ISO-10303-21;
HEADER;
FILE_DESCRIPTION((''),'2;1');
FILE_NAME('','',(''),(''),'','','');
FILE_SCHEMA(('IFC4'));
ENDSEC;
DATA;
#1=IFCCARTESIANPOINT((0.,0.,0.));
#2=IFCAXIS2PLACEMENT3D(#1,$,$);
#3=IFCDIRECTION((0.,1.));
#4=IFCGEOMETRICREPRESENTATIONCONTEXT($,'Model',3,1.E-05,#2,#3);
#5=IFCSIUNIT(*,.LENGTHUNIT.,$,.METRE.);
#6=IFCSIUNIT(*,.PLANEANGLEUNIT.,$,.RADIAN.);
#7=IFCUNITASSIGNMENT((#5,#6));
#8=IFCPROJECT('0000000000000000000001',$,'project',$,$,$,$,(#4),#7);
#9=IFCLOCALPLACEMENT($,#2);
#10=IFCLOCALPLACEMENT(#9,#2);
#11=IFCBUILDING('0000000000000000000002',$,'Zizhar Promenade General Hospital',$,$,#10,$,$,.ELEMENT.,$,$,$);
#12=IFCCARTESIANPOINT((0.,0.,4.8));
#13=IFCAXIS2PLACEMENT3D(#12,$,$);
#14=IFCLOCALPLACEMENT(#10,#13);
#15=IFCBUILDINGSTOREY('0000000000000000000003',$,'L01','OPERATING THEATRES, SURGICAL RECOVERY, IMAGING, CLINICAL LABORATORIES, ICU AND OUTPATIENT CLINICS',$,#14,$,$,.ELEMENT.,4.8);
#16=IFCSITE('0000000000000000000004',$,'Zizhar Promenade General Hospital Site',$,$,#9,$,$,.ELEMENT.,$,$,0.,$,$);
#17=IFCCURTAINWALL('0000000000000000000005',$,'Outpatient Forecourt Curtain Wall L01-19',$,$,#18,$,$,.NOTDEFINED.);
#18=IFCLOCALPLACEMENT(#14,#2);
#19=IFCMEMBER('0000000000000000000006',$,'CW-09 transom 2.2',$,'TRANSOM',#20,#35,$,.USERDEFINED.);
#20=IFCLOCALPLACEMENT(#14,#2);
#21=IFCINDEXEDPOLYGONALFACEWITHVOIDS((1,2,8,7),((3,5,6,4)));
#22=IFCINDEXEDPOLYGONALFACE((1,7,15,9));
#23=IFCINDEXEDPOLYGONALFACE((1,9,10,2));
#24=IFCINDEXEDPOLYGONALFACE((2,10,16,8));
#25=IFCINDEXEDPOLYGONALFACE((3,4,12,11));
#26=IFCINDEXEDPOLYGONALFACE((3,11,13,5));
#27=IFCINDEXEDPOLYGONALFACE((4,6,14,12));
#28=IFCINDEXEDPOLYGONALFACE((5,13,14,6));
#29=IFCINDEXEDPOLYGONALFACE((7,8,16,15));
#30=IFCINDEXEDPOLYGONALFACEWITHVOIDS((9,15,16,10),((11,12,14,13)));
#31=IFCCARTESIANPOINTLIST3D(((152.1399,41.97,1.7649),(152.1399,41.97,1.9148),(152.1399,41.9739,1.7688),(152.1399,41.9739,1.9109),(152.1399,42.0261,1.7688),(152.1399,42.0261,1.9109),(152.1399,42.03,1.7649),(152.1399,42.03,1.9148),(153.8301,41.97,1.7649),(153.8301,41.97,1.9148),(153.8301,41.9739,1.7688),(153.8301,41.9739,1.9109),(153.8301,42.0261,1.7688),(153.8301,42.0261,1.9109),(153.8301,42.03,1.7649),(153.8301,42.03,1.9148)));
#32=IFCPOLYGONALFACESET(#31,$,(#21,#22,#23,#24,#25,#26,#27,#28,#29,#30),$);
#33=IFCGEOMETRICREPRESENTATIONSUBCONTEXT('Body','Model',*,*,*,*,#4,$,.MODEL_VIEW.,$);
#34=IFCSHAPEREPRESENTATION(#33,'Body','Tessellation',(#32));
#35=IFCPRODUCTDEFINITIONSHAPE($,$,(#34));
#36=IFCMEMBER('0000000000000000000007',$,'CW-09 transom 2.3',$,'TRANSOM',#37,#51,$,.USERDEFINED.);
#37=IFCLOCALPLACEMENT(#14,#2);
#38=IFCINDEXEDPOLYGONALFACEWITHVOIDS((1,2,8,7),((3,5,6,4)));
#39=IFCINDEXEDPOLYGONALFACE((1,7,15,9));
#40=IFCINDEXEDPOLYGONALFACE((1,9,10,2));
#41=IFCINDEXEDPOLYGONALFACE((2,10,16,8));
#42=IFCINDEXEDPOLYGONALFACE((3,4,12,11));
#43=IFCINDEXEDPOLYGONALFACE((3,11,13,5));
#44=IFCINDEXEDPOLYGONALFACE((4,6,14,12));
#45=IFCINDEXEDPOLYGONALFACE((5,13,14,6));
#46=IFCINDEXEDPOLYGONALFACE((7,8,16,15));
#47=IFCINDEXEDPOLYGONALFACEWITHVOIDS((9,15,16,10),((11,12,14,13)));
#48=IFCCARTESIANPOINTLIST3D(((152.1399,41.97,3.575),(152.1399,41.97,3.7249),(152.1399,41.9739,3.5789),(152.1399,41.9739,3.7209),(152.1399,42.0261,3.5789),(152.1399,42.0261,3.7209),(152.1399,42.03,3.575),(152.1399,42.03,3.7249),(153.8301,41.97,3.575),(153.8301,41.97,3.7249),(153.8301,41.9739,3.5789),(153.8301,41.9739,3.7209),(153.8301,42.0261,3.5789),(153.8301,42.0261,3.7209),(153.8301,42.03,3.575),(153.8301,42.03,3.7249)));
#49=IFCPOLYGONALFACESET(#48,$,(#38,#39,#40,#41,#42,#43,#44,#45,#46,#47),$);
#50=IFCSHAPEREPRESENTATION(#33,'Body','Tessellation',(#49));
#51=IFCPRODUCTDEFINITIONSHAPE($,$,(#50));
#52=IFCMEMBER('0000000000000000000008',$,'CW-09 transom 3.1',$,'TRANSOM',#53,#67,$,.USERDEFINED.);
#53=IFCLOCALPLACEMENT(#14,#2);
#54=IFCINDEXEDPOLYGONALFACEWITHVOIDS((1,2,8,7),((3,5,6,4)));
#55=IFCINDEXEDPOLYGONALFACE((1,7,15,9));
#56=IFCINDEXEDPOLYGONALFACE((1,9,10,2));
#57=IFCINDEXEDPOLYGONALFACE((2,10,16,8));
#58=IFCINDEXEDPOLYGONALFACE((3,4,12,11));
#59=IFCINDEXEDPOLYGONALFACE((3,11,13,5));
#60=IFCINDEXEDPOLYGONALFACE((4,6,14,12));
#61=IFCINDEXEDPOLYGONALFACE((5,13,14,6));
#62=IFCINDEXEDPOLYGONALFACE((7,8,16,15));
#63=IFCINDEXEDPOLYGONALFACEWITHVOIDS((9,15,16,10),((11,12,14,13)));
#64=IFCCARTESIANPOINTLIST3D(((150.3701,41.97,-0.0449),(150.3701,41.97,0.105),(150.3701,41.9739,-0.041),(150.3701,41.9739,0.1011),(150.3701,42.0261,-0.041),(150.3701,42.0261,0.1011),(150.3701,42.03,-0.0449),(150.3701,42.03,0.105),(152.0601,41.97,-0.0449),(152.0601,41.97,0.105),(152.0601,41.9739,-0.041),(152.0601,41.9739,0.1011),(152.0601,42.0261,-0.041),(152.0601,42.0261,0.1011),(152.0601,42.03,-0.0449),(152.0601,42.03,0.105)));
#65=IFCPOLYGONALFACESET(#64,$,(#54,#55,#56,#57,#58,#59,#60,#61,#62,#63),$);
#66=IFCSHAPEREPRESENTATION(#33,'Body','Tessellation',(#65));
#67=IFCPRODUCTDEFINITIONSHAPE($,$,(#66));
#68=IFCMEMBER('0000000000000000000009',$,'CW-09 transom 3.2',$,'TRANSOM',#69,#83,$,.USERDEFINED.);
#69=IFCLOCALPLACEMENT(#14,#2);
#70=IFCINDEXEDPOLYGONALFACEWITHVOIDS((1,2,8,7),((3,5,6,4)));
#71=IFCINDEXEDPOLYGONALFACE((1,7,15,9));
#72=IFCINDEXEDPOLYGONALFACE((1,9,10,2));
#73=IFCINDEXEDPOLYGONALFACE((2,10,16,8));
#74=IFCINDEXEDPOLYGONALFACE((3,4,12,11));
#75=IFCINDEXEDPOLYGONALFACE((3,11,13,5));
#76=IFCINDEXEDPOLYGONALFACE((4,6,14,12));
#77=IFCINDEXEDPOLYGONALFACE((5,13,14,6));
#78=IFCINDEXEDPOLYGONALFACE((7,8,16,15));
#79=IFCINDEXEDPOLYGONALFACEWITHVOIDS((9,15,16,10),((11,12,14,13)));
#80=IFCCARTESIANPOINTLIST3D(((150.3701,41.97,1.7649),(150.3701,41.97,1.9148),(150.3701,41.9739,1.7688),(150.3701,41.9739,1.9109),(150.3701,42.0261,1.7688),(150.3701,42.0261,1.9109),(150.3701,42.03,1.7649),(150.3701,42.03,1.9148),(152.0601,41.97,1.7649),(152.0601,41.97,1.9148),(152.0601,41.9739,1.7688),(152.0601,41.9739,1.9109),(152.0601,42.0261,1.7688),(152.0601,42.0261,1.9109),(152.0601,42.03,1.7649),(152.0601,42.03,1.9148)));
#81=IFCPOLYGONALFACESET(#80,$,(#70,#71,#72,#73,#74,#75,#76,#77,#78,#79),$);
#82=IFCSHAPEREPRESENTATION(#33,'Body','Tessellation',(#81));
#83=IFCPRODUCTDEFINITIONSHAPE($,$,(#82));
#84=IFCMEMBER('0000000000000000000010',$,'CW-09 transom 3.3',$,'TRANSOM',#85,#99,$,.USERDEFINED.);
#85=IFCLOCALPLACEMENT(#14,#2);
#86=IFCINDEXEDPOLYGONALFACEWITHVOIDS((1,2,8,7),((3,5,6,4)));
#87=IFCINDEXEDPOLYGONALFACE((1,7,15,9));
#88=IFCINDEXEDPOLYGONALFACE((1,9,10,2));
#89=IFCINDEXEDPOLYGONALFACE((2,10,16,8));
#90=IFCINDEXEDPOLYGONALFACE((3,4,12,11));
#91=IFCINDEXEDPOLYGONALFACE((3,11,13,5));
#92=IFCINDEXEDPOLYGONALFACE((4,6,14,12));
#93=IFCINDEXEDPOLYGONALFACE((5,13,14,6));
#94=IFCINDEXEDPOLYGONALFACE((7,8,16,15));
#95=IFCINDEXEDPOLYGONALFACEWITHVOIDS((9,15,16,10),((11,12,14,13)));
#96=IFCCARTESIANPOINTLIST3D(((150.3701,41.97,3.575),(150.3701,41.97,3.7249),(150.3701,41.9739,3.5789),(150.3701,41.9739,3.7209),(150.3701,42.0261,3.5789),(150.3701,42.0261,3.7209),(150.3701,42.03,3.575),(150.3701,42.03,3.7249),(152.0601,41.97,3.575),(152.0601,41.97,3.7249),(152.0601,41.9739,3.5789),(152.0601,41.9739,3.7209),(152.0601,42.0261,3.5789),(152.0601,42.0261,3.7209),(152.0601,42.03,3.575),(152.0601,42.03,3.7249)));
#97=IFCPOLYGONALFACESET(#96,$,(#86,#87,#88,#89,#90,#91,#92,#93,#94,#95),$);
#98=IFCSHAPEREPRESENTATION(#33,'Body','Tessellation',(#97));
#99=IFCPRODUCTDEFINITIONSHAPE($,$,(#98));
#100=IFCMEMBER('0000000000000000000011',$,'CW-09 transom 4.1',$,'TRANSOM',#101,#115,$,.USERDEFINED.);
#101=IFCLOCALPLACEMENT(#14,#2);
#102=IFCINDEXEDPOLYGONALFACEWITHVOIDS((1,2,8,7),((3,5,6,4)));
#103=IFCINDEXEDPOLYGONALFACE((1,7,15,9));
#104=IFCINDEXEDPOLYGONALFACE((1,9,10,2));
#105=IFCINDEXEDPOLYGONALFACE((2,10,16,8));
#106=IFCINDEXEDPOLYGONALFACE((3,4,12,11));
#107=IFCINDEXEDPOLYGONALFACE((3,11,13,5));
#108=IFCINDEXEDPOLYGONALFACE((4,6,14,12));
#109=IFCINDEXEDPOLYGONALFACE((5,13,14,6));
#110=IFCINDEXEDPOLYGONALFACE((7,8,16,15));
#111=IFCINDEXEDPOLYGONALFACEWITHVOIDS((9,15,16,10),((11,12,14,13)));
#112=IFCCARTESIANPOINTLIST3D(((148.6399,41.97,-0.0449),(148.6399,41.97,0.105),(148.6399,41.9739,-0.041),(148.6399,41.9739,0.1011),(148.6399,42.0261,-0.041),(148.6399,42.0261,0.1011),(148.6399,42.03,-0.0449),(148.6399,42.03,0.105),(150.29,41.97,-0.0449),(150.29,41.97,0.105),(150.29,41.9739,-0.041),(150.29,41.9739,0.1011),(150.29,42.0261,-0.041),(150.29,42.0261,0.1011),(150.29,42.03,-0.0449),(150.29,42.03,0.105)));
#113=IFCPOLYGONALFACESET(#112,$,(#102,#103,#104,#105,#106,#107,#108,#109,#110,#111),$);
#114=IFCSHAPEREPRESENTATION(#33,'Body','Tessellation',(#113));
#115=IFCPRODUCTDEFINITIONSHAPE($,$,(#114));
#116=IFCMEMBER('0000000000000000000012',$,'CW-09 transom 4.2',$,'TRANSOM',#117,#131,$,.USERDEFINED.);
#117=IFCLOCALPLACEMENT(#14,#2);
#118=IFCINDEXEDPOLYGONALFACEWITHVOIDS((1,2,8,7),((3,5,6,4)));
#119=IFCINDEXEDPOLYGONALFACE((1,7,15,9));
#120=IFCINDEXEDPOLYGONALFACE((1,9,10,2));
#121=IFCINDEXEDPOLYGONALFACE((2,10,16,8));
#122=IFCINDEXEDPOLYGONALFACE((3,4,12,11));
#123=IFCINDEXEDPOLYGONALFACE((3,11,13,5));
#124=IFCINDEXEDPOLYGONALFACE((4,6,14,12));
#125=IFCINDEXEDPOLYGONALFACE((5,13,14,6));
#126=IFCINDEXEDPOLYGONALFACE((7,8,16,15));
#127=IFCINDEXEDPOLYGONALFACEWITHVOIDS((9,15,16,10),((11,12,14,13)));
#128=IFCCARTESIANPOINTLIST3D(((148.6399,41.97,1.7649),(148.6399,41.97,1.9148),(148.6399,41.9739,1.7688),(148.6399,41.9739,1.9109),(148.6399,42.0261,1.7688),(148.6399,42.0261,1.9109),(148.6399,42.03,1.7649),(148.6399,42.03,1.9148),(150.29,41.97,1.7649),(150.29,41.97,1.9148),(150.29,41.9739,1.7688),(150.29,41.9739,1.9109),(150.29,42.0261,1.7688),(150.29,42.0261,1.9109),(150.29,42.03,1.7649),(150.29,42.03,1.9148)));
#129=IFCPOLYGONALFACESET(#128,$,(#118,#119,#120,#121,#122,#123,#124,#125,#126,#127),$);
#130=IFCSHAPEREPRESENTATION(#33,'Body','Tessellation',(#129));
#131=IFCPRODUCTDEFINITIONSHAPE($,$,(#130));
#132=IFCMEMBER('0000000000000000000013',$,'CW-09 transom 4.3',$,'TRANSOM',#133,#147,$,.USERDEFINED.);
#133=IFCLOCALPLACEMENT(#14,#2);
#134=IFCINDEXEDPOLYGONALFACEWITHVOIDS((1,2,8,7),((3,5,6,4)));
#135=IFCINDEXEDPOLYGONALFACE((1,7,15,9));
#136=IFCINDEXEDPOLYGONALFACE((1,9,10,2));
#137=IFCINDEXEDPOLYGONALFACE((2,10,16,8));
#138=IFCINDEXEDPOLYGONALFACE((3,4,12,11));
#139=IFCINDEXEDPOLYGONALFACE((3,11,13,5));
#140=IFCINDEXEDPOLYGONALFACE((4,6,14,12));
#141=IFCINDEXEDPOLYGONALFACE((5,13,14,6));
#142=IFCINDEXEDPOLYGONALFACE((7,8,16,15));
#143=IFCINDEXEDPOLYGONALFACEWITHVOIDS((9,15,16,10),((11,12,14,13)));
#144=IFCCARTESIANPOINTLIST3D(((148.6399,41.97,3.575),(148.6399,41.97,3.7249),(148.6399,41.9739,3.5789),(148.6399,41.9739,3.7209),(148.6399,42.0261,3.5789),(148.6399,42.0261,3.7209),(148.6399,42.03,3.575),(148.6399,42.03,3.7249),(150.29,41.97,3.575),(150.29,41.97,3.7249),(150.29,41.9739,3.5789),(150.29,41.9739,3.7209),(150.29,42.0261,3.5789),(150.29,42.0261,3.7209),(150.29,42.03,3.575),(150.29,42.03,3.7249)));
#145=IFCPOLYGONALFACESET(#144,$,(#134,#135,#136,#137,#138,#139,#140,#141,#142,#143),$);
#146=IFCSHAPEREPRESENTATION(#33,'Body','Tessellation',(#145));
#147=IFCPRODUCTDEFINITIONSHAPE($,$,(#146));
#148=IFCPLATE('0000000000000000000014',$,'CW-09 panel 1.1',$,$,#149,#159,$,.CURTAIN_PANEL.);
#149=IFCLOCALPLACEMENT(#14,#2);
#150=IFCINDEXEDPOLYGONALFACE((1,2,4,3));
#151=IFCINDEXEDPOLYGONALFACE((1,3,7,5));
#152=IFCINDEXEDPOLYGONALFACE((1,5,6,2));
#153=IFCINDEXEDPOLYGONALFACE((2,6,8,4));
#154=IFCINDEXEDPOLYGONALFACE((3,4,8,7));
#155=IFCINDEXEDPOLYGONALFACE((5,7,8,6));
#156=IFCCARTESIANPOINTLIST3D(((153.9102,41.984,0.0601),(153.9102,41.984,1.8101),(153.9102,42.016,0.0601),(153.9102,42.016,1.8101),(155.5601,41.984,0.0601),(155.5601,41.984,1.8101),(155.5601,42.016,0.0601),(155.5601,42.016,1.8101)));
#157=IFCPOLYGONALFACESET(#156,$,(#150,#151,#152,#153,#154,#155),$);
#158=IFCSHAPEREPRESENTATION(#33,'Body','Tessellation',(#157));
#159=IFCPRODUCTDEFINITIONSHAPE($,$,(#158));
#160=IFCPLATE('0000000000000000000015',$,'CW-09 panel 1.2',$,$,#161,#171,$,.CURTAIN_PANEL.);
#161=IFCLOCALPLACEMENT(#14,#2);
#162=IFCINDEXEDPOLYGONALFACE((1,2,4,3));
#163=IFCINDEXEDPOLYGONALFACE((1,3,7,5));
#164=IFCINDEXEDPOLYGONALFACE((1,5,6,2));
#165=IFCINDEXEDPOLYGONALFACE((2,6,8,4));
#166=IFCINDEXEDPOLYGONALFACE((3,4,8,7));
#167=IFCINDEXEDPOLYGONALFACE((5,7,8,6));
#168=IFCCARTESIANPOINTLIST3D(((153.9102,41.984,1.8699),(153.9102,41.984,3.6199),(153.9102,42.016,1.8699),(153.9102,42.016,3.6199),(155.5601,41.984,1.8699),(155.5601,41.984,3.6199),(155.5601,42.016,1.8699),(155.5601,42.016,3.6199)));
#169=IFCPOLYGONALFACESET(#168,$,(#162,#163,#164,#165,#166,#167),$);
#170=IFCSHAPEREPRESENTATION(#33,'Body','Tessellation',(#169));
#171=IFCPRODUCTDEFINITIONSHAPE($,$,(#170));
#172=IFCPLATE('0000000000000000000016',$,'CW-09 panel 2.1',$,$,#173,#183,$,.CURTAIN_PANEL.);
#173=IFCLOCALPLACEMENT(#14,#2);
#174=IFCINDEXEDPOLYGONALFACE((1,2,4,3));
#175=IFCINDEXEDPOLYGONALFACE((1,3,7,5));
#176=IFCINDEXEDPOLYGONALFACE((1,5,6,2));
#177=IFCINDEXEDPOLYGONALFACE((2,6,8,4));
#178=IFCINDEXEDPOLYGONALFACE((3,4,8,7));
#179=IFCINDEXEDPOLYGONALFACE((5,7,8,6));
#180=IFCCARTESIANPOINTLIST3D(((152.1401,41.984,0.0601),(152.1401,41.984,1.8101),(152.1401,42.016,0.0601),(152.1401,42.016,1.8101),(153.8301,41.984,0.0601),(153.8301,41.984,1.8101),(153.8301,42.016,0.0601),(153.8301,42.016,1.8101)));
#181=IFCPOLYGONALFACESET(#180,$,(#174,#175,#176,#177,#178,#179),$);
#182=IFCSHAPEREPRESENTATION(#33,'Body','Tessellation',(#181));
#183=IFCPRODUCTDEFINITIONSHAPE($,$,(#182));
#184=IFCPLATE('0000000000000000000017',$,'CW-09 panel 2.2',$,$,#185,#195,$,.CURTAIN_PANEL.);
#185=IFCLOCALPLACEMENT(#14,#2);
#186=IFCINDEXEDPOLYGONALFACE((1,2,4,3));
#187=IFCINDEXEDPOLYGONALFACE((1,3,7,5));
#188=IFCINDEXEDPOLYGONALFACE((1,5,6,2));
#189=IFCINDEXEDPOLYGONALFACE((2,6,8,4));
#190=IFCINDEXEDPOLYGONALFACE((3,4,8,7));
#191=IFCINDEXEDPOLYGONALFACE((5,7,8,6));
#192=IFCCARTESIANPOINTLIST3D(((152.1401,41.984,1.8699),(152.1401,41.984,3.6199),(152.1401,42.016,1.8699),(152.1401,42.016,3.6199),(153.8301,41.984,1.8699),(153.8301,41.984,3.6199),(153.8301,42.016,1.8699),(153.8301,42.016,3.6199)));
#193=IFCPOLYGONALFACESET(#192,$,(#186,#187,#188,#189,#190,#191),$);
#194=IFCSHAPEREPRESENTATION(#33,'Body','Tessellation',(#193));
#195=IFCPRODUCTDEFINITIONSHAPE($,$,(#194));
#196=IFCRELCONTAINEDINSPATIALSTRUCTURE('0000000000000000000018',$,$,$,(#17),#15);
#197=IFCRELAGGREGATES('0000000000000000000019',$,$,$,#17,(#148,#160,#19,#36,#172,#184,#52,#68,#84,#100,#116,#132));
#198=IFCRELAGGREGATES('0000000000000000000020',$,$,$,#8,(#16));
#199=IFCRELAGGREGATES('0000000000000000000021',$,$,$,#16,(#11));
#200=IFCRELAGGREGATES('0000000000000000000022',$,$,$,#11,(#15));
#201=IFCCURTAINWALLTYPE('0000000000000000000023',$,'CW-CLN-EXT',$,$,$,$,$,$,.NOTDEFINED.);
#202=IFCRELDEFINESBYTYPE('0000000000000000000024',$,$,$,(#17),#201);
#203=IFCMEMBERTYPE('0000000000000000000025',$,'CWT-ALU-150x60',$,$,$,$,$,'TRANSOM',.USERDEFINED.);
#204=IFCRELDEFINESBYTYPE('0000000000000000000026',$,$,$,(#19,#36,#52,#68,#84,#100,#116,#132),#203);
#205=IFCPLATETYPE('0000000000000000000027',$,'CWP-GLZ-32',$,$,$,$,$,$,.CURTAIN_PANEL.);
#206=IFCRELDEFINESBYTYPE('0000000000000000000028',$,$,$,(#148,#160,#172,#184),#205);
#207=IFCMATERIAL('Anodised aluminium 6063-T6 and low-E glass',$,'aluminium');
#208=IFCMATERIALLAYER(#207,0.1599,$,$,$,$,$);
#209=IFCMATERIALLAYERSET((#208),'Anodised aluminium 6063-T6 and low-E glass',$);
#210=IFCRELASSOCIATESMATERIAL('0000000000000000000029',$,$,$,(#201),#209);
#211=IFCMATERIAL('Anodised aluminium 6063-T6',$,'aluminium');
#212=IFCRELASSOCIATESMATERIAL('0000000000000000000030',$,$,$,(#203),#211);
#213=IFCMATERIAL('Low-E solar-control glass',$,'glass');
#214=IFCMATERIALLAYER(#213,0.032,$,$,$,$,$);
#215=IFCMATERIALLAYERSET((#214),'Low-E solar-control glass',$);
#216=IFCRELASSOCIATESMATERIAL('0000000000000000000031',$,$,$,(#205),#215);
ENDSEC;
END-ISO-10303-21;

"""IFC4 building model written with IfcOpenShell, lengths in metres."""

from ifc_helpers import new_model, si_unit, direction, frame, origin, origin_2d, place, context, subcontext, project, spatial, rectangle, hollow_rectangle, extrude, material, layer, layer_set, material_profile, profile_set, type_object, element, aggregate, save


model = new_model("IFC4")

# Units and contexts
model_context = context("Model", 3, precision=1e-05, world=origin(), true_north=direction((0.0, 1.0)))
body_context = subcontext(model_context, "Body", "Model", "MODEL_VIEW")
ifc_project = project(units=[si_unit("LENGTHUNIT", "METRE"), si_unit("PLANEANGLEUNIT", "RADIAN")], contexts=[model_context])

# Site, building, storey
site_placement = place(None, origin())
site = spatial("IfcSite", under=ifc_project, at=site_placement, Name="Zizhar Promenade General Hospital Site", CompositionType="ELEMENT", RefElevation=0.0)
building_placement = place(site_placement, origin())
building = spatial("IfcBuilding", under=site, at=building_placement, Name="Zizhar Promenade General Hospital", CompositionType="ELEMENT")
storey_placement = place(building_placement, frame((0.0, 0.0, 4.8)))
storey = spatial("IfcBuildingStorey", under=building, at=storey_placement, Name="L01", Description="OPERATING THEATRES, SURGICAL RECOVERY, IMAGING, CLINICAL LABORATORIES, ICU AND OUTPATIENT CLINICS", CompositionType="ELEMENT", Elevation=4.8)

# Curtain wall, members, plates
ifc_material_1 = material(Name="Anodised aluminium 6063-T6 and low-E glass", Category="aluminium")
ifc_layer_1 = layer(ifc_material_1, 0.1599)
ifc_layer_set_1 = layer_set([ifc_layer_1], Name="Anodised aluminium 6063-T6 and low-E glass")
curtain_wall_type = type_object("IfcCurtainWallType", Name="CW-CLN-EXT", PredefinedType="NOTDEFINED", material=ifc_layer_set_1)
curtain_wall_placement = place(storey_placement, origin())
curtain_wall = element("IfcCurtainWall", 1, at=curtain_wall_placement, inside=storey, type_object=curtain_wall_type, Name="Outpatient Forecourt Curtain Wall L01-19", PredefinedType="NOTDEFINED")
ifc_material_2 = material(Name="Anodised aluminium 6063-T6", Category="aluminium")
ifc_material_profile_1 = material_profile(ifc_material_2, hollow_rectangle(XDim=0.0601, YDim=0.1499, WallThickness=0.0039, at=origin_2d()))
ifc_profile_set_1 = profile_set([ifc_material_profile_1], Name="Anodised aluminium 6063-T6")
member_type_1 = type_object("IfcMemberType", Name="CWT-ALU-150x60", ElementType="TRANSOM", PredefinedType="USERDEFINED", material=ifc_profile_set_1)
member_1_placement = place(storey_placement, frame((153.8301, 42.0, 1.8398), z_axis=(-1.0, 0.0, 0.0), x_axis=(0.0, -1.0, 0.0)))
member_1 = element("IfcMember", 2, at=member_1_placement, type_object=member_type_1, Name="CW-09 transom 2.2", ObjectType="TRANSOM", PredefinedType="USERDEFINED", context=body_context, shape_type="SweptSolid", body=[
    extrude(hollow_rectangle(XDim=0.0601, YDim=0.1499, WallThickness=0.0039, at=origin_2d()), origin(), (0.0, 0.0, 1.0), 1.6902),
])
member_2_placement = place(storey_placement, frame((153.8301, 42.0, 3.6499), z_axis=(-1.0, 0.0, 0.0), x_axis=(0.0, -1.0, 0.0)))
member_2 = element("IfcMember", 3, at=member_2_placement, type_object=member_type_1, Name="CW-09 transom 2.3", ObjectType="TRANSOM", PredefinedType="USERDEFINED", context=body_context, shape_type="SweptSolid", body=[
    extrude(hollow_rectangle(XDim=0.0601, YDim=0.1499, WallThickness=0.0039, at=origin_2d()), origin(), (0.0, 0.0, 1.0), 1.6902),
])
member_3_placement = place(storey_placement, frame((152.0601, 42.0, 0.03), z_axis=(-1.0, 0.0, 0.0), x_axis=(0.0, -1.0, 0.0)))
member_3 = element("IfcMember", 4, at=member_3_placement, type_object=member_type_1, Name="CW-09 transom 3.1", ObjectType="TRANSOM", PredefinedType="USERDEFINED", context=body_context, shape_type="SweptSolid", body=[
    extrude(hollow_rectangle(XDim=0.0601, YDim=0.1499, WallThickness=0.0039, at=origin_2d()), origin(), (0.0, 0.0, 1.0), 1.6899),
])
member_4_placement = place(storey_placement, frame((152.0601, 42.0, 1.8398), z_axis=(-1.0, 0.0, 0.0), x_axis=(0.0, -1.0, 0.0)))
member_4 = element("IfcMember", 5, at=member_4_placement, type_object=member_type_1, Name="CW-09 transom 3.2", ObjectType="TRANSOM", PredefinedType="USERDEFINED", context=body_context, shape_type="SweptSolid", body=[
    extrude(hollow_rectangle(XDim=0.0601, YDim=0.1499, WallThickness=0.0039, at=origin_2d()), origin(), (0.0, 0.0, 1.0), 1.6899),
])
member_5_placement = place(storey_placement, frame((152.0601, 42.0, 3.6499), z_axis=(-1.0, 0.0, 0.0), x_axis=(0.0, -1.0, 0.0)))
member_5 = element("IfcMember", 6, at=member_5_placement, type_object=member_type_1, Name="CW-09 transom 3.3", ObjectType="TRANSOM", PredefinedType="USERDEFINED", context=body_context, shape_type="SweptSolid", body=[
    extrude(hollow_rectangle(XDim=0.0601, YDim=0.1499, WallThickness=0.0039, at=origin_2d()), origin(), (0.0, 0.0, 1.0), 1.6899),
])
member_6_placement = place(storey_placement, frame((150.29, 42.0, 0.03), z_axis=(-1.0, 0.0, 0.0), x_axis=(0.0, -1.0, 0.0)))
member_6 = element("IfcMember", 7, at=member_6_placement, type_object=member_type_1, Name="CW-09 transom 4.1", ObjectType="TRANSOM", PredefinedType="USERDEFINED", context=body_context, shape_type="SweptSolid", body=[
    extrude(hollow_rectangle(XDim=0.0601, YDim=0.1499, WallThickness=0.0039, at=origin_2d()), origin(), (0.0, 0.0, 1.0), 1.6501),
])
member_7_placement = place(storey_placement, frame((150.29, 42.0, 1.8398), z_axis=(-1.0, 0.0, 0.0), x_axis=(0.0, -1.0, 0.0)))
member_7 = element("IfcMember", 8, at=member_7_placement, type_object=member_type_1, Name="CW-09 transom 4.2", ObjectType="TRANSOM", PredefinedType="USERDEFINED", context=body_context, shape_type="SweptSolid", body=[
    extrude(hollow_rectangle(XDim=0.0601, YDim=0.1499, WallThickness=0.0039, at=origin_2d()), origin(), (0.0, 0.0, 1.0), 1.6501),
])
member_8_placement = place(storey_placement, frame((150.29, 42.0, 3.6499), z_axis=(-1.0, 0.0, 0.0), x_axis=(0.0, -1.0, 0.0)))
member_8 = element("IfcMember", 9, at=member_8_placement, type_object=member_type_1, Name="CW-09 transom 4.3", ObjectType="TRANSOM", PredefinedType="USERDEFINED", context=body_context, shape_type="SweptSolid", body=[
    extrude(hollow_rectangle(XDim=0.0601, YDim=0.1499, WallThickness=0.0039, at=origin_2d()), origin(), (0.0, 0.0, 1.0), 1.6501),
])
ifc_material_3 = material(Name="Low-E solar-control glass", Category="glass")
ifc_layer_2 = layer(ifc_material_3, 0.032)
ifc_layer_set_2 = layer_set([ifc_layer_2], Name="Low-E solar-control glass")
plate_type = type_object("IfcPlateType", Name="CWP-GLZ-32", PredefinedType="CURTAIN_PANEL", material=ifc_layer_set_2)
plate_1_placement = place(storey_placement, frame((154.7351, 42.0, 0.0601), z_axis=(0.0, 0.0, 1.0), x_axis=(-1.0, 0.0, 0.0)))
plate_1 = element("IfcPlate", 10, at=plate_1_placement, type_object=plate_type, Name="CW-09 panel 1.1", PredefinedType="CURTAIN_PANEL", context=body_context, shape_type="SweptSolid", body=[
    extrude(rectangle(XDim=1.6499, YDim=0.032, at=origin_2d()), origin(), (0.0, 0.0, 1.0), 1.75),
])
plate_2_placement = place(storey_placement, frame((154.7351, 42.0, 1.8699), z_axis=(0.0, 0.0, 1.0), x_axis=(-1.0, 0.0, 0.0)))
plate_2 = element("IfcPlate", 11, at=plate_2_placement, type_object=plate_type, Name="CW-09 panel 1.2", PredefinedType="CURTAIN_PANEL", context=body_context, shape_type="SweptSolid", body=[
    extrude(rectangle(XDim=1.6499, YDim=0.032, at=origin_2d()), origin(), (0.0, 0.0, 1.0), 1.75),
])
plate_3_placement = place(storey_placement, frame((152.9851, 42.0, 0.0601), z_axis=(0.0, 0.0, 1.0), x_axis=(-1.0, 0.0, 0.0)))
plate_3 = element("IfcPlate", 12, at=plate_3_placement, type_object=plate_type, Name="CW-09 panel 2.1", PredefinedType="CURTAIN_PANEL", context=body_context, shape_type="SweptSolid", body=[
    extrude(rectangle(XDim=1.6899, YDim=0.032, at=origin_2d()), origin(), (0.0, 0.0, 1.0), 1.75),
])
plate_4_placement = place(storey_placement, frame((152.9851, 42.0, 1.8699), z_axis=(0.0, 0.0, 1.0), x_axis=(-1.0, 0.0, 0.0)))
plate_4 = element("IfcPlate", 13, at=plate_4_placement, type_object=plate_type, Name="CW-09 panel 2.2", PredefinedType="CURTAIN_PANEL", context=body_context, shape_type="SweptSolid", body=[
    extrude(rectangle(XDim=1.6899, YDim=0.032, at=origin_2d()), origin(), (0.0, 0.0, 1.0), 1.75),
])
aggregate(curtain_wall, [plate_1, plate_2, member_1, member_2, plate_3, plate_4, member_3, member_4, member_5, member_6, member_7, member_8])

save(model, "model.ifc")
